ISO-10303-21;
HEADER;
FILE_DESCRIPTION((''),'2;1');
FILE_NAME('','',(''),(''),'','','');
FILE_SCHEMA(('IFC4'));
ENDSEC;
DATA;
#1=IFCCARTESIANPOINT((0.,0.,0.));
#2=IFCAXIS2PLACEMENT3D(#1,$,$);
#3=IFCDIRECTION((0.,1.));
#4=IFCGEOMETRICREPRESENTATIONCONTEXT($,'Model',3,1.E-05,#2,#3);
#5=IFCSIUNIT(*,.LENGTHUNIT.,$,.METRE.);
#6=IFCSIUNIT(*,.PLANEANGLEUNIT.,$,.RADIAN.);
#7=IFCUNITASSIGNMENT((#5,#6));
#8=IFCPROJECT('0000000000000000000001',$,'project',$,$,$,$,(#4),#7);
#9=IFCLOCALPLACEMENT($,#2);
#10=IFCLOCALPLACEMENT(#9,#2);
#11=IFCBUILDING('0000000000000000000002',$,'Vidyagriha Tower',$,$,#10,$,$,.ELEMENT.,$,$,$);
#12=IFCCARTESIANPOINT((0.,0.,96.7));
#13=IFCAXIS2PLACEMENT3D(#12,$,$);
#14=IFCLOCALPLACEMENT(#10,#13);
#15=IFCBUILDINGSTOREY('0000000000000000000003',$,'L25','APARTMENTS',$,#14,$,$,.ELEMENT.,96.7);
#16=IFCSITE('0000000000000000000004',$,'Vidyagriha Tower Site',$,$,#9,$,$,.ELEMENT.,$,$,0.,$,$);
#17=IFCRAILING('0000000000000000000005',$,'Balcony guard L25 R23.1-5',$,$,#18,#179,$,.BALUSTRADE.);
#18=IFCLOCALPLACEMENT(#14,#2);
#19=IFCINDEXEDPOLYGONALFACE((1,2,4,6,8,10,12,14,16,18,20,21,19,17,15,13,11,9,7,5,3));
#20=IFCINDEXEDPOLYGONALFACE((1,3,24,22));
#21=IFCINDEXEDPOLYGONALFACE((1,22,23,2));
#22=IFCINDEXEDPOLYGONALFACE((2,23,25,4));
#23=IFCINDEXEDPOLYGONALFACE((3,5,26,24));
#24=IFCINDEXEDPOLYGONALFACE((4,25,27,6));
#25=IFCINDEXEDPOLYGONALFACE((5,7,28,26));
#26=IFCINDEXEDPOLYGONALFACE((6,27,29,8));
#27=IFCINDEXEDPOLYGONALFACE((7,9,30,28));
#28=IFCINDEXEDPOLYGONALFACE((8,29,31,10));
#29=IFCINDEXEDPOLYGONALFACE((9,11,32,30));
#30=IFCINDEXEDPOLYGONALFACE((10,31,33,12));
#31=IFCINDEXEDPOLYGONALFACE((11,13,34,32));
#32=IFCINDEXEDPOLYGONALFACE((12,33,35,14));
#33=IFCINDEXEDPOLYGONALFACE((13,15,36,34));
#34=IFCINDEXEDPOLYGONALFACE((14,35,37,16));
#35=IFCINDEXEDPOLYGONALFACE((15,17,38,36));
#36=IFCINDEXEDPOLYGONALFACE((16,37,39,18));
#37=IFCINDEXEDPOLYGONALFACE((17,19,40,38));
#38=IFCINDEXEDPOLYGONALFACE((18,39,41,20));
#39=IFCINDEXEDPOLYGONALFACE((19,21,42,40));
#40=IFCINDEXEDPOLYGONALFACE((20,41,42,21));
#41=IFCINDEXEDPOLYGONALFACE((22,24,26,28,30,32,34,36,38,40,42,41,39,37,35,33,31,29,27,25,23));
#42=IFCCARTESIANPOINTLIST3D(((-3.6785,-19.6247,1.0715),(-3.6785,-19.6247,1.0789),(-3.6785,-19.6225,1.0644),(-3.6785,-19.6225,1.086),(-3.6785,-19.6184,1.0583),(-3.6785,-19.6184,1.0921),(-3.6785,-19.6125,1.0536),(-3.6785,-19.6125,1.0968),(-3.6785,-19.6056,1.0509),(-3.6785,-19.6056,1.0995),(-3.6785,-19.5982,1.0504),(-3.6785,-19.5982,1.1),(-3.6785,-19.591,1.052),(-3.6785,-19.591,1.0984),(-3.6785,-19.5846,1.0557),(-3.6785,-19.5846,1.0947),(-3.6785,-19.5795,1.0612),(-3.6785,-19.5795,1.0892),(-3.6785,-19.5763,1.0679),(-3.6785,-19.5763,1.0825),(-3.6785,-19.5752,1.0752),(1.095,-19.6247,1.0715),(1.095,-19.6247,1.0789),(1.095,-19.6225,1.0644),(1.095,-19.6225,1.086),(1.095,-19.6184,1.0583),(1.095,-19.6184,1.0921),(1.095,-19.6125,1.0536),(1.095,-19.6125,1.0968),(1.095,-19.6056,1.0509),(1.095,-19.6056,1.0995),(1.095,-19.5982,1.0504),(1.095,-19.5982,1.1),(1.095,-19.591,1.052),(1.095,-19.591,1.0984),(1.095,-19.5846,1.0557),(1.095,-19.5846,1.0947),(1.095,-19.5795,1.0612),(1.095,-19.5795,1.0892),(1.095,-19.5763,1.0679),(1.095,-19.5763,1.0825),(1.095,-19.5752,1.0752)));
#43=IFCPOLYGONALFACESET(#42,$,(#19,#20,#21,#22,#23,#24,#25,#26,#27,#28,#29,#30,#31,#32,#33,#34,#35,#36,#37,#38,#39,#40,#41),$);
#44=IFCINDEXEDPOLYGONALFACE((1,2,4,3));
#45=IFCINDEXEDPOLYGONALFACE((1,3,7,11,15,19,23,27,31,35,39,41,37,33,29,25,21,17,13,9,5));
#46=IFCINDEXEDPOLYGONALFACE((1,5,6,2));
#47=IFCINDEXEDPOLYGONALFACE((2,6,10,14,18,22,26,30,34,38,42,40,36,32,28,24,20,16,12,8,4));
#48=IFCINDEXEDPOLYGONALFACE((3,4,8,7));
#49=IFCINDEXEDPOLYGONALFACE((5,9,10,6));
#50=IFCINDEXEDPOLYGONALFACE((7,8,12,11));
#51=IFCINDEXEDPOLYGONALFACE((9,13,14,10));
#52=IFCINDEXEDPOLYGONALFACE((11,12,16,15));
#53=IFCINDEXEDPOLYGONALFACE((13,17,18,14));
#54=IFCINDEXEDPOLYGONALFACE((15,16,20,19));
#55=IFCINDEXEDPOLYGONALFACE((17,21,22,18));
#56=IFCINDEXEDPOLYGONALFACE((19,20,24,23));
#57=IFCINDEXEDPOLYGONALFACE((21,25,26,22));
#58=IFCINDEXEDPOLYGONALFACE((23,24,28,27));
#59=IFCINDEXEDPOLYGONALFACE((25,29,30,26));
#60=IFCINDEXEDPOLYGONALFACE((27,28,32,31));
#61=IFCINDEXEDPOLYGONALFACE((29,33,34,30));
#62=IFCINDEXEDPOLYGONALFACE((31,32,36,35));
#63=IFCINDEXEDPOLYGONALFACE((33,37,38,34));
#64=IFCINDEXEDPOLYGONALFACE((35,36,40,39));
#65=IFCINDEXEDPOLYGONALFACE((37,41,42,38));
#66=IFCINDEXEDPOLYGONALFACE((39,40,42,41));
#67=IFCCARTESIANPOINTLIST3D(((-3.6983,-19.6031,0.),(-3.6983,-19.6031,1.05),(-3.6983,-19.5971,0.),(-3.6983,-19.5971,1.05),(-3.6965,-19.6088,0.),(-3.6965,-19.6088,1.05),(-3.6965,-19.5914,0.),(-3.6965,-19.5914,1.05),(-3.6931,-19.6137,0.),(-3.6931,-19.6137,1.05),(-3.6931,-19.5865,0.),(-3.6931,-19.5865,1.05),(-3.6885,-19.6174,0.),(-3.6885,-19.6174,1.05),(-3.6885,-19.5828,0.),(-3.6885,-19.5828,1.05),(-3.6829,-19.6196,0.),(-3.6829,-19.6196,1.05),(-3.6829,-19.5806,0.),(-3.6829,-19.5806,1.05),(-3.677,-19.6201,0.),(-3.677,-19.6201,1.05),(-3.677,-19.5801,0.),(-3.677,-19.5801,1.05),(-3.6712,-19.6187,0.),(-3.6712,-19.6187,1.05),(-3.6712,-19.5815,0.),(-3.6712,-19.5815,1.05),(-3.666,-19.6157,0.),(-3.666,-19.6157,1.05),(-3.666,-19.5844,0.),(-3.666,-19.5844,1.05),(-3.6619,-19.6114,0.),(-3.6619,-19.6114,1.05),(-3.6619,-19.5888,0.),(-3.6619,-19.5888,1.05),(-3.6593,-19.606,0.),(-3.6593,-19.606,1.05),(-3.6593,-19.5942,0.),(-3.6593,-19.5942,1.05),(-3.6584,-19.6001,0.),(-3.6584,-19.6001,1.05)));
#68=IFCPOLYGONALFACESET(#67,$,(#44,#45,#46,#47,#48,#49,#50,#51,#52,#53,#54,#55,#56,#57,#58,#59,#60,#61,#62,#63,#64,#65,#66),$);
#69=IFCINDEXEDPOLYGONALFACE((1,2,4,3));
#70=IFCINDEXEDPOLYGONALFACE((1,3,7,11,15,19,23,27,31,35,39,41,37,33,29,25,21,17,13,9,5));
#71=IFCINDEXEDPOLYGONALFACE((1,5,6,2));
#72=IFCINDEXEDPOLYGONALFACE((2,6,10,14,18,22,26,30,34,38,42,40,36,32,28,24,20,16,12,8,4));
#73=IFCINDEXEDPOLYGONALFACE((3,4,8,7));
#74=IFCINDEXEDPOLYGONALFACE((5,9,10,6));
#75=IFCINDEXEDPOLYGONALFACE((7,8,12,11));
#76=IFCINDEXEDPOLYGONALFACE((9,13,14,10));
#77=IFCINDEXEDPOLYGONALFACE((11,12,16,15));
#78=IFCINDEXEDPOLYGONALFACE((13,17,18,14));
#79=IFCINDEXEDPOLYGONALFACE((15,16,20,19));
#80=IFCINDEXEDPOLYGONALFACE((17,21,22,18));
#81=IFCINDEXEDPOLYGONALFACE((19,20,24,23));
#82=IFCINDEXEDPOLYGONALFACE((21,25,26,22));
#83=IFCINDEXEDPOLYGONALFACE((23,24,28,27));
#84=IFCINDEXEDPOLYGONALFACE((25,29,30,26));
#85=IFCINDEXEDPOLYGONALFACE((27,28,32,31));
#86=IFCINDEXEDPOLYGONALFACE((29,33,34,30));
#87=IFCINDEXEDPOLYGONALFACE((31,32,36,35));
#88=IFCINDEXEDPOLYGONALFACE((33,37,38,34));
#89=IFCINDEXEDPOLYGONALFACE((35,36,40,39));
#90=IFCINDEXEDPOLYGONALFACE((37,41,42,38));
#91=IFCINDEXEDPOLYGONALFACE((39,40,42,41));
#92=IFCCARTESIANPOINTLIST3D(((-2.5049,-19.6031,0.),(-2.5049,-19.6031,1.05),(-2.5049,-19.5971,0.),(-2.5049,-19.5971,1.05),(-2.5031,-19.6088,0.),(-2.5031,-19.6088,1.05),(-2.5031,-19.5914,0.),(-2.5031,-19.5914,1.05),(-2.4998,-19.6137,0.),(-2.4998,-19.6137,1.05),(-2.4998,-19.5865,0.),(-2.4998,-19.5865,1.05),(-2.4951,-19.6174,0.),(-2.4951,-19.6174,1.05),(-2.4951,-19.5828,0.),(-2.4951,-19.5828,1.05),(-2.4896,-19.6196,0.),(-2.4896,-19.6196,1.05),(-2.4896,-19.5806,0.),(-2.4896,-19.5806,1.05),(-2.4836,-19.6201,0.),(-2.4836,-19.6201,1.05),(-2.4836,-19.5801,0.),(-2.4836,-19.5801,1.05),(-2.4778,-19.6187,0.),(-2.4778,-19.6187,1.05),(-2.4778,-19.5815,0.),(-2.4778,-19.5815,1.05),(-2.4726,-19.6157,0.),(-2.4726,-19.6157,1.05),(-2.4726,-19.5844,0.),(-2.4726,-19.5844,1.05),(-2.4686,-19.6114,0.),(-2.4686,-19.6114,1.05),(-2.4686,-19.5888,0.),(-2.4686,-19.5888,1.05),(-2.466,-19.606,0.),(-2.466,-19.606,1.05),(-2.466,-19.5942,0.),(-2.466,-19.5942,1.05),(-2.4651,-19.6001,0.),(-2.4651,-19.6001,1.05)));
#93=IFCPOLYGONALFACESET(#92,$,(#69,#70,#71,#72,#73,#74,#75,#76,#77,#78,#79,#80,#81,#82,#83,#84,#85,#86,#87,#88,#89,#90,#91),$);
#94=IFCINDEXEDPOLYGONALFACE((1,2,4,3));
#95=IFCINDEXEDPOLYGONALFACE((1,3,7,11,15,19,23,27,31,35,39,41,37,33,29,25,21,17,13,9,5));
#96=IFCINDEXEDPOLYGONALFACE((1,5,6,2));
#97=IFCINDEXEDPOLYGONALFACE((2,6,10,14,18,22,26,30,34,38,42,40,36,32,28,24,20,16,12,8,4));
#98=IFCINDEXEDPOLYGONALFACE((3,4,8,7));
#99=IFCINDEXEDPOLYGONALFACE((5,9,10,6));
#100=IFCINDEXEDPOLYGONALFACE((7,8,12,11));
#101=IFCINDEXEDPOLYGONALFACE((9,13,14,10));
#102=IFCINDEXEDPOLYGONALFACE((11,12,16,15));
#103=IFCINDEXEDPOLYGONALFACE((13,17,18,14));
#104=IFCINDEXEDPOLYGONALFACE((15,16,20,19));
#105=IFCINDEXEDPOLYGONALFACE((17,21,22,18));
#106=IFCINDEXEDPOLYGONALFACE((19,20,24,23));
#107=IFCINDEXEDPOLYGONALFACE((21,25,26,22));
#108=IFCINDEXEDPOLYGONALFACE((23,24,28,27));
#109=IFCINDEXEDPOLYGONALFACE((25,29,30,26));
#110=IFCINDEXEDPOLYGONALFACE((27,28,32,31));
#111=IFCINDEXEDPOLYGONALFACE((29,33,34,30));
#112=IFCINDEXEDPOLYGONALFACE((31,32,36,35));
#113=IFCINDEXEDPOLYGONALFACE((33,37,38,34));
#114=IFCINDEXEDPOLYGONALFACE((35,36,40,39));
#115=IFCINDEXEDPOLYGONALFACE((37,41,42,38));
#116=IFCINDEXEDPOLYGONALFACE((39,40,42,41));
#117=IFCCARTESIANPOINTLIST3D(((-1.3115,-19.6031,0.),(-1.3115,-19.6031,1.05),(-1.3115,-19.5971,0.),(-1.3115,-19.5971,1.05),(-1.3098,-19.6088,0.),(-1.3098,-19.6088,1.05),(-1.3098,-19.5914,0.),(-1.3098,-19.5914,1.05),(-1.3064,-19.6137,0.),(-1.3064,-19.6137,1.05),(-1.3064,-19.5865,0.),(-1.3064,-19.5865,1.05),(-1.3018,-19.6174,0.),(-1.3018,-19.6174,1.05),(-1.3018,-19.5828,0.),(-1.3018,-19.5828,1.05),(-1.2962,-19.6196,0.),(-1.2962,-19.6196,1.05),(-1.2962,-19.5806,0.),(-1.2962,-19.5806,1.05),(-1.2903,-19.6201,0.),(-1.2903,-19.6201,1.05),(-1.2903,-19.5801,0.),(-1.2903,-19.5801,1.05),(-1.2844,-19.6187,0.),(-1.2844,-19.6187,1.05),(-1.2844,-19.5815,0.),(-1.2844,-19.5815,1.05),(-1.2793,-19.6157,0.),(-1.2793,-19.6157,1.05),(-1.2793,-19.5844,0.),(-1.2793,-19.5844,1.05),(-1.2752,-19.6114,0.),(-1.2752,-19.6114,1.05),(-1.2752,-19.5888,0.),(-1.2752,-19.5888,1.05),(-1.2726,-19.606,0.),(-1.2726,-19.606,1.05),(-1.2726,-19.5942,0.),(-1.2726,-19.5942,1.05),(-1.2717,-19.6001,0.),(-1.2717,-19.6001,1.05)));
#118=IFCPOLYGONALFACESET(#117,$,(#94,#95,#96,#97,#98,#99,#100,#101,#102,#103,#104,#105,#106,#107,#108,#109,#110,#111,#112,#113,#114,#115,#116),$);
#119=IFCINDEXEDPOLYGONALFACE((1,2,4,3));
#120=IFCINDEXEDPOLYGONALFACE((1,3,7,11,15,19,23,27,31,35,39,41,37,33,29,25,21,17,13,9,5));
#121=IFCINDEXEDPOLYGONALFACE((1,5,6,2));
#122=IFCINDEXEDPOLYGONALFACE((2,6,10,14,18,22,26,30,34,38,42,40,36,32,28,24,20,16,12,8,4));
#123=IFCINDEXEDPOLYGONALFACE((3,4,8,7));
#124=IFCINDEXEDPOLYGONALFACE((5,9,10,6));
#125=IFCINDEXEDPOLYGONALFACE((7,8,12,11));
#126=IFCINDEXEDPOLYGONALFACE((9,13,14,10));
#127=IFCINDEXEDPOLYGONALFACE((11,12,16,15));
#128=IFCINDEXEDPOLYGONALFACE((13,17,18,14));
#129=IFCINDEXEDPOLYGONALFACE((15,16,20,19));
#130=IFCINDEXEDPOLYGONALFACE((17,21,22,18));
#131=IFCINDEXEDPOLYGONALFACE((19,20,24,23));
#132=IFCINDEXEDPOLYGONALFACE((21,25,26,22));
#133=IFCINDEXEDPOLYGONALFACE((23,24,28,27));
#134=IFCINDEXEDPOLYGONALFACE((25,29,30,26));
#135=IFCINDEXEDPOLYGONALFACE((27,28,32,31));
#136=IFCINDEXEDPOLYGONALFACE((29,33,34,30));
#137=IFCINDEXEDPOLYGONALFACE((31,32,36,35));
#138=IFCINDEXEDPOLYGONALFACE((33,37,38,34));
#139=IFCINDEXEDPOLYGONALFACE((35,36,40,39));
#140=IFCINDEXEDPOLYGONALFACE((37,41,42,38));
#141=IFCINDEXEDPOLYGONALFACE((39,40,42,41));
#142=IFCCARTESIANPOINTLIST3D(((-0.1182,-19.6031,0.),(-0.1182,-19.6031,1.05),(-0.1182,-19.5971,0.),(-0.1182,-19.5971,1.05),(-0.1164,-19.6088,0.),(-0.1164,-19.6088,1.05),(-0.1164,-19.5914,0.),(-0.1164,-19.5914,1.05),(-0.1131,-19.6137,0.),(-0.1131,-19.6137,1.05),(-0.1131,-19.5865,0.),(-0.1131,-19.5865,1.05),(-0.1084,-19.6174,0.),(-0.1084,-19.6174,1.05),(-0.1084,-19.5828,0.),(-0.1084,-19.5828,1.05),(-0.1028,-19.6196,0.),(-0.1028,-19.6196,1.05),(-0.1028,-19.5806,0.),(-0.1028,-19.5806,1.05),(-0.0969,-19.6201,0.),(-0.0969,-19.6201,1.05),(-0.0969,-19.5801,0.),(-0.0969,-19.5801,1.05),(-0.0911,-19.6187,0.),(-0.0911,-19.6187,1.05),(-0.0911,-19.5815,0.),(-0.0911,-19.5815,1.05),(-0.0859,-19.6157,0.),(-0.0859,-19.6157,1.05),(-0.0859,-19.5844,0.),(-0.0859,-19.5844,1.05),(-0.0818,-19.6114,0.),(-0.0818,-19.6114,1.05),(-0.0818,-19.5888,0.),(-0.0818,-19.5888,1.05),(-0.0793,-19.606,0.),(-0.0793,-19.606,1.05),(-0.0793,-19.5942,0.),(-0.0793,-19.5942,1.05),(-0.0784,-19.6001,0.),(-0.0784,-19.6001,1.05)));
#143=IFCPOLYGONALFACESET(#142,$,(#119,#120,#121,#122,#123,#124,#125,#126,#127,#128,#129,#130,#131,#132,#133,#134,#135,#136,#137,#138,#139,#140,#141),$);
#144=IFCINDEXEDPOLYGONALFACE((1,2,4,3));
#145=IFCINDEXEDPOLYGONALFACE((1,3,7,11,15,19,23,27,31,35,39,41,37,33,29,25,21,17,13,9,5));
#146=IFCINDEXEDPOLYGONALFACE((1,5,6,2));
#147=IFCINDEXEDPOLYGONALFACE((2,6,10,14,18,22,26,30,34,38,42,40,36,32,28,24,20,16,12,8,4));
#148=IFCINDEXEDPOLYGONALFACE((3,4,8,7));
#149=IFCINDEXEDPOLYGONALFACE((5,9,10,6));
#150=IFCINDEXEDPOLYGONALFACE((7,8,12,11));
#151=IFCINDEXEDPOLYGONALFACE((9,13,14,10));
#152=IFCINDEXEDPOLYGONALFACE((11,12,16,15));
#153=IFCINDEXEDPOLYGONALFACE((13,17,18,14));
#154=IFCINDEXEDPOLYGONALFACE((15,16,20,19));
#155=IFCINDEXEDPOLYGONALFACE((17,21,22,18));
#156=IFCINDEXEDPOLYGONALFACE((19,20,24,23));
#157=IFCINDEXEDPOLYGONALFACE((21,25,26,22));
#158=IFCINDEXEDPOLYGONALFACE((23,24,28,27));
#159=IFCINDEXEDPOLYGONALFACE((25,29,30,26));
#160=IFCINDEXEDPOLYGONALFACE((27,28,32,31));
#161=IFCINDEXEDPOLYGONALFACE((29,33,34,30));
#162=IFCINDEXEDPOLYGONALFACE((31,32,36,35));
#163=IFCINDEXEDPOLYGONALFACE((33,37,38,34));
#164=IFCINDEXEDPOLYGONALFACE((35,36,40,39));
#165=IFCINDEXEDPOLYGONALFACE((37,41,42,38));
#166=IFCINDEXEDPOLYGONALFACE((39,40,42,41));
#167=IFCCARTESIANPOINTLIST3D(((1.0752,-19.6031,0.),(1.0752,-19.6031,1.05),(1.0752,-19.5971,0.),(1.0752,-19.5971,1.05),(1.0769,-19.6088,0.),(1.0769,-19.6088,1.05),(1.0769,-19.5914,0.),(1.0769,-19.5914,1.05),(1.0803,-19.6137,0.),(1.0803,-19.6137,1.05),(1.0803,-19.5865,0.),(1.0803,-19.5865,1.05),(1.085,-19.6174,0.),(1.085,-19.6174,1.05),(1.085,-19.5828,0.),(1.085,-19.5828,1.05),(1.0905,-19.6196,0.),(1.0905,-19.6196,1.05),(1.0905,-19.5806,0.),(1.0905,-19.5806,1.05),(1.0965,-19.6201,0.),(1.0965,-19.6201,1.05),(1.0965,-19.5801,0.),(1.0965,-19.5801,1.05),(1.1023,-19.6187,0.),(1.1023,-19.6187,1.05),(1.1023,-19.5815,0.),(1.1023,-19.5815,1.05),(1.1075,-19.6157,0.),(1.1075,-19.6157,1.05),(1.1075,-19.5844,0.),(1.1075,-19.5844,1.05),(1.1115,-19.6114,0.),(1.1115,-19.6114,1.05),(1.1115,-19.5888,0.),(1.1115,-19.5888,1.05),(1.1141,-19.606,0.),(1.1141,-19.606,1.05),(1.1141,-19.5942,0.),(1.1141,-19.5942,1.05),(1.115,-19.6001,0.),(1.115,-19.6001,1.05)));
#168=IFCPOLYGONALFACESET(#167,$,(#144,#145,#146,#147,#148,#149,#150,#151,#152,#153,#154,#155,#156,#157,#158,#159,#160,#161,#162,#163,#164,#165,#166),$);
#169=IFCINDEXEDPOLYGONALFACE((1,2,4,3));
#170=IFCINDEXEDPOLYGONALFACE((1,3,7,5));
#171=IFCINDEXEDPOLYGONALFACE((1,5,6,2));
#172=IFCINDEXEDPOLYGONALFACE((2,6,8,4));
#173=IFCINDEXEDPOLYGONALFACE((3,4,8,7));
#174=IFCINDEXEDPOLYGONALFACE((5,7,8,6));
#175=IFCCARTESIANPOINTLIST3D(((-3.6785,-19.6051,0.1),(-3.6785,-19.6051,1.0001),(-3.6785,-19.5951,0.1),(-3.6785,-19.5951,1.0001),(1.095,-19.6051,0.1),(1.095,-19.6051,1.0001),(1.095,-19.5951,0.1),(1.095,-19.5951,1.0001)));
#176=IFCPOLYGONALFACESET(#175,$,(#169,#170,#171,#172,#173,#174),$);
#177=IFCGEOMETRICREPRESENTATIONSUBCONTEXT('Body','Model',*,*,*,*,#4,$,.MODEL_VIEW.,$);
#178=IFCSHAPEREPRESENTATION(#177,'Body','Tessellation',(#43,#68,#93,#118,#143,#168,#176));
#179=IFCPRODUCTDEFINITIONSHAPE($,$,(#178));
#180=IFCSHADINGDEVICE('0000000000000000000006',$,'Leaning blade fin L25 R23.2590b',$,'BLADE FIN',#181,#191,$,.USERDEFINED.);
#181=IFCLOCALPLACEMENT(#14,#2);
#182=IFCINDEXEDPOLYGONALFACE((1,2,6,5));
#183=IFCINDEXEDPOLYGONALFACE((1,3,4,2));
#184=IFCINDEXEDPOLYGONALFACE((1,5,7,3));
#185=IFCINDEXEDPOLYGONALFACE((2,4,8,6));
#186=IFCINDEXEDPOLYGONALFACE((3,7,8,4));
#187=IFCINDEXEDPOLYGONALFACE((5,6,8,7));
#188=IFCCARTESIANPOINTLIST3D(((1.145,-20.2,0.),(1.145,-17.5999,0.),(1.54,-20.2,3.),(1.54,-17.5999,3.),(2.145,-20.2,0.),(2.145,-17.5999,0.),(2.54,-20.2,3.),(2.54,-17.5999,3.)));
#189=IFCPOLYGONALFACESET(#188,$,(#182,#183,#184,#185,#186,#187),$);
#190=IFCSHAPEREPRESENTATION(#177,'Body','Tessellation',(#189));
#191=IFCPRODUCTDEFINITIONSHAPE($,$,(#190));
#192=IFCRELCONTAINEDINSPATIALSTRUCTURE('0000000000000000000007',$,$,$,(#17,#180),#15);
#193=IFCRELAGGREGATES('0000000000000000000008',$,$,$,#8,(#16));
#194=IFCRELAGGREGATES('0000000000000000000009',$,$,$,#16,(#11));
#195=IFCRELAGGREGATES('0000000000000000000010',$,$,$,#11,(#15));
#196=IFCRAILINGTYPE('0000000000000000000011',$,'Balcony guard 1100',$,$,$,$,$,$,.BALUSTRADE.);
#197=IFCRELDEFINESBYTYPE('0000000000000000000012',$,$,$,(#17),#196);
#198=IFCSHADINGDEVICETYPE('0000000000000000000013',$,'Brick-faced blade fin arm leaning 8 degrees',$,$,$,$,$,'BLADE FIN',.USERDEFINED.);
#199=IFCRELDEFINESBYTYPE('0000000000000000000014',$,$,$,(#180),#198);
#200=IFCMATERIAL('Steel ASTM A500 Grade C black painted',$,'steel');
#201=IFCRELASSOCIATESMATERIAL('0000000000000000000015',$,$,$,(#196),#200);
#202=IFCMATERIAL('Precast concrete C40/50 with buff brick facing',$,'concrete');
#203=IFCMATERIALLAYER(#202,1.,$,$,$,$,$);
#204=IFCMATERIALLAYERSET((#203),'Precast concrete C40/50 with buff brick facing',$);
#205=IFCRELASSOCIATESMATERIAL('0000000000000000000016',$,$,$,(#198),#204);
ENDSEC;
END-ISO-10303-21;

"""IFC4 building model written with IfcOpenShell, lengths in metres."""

from ifc_helpers import new_model, si_unit, direction, frame, origin, origin_2d, place, context, subcontext, project, spatial, polyline, rectangle, circle, outline, extrude, material, layer, layer_set, type_object, element, save


model = new_model("IFC4")

# Units and contexts
model_context = context("Model", 3, precision=1e-05, world=origin(), true_north=direction((0.0, 1.0)))
body_context = subcontext(model_context, "Body", "Model", "MODEL_VIEW")
ifc_project = project(units=[si_unit("LENGTHUNIT", "METRE"), si_unit("PLANEANGLEUNIT", "RADIAN")], contexts=[model_context])

# Site, building, storey
site_placement = place(None, origin())
site = spatial("IfcSite", under=ifc_project, at=site_placement, Name="Vidyagriha Tower Site", CompositionType="ELEMENT", RefElevation=0.0)
building_placement = place(site_placement, origin())
building = spatial("IfcBuilding", under=site, at=building_placement, Name="Vidyagriha Tower", CompositionType="ELEMENT")
storey_placement = place(building_placement, frame((0.0, 0.0, 96.7)))
storey = spatial("IfcBuildingStorey", under=building, at=storey_placement, Name="L25", Description="APARTMENTS", CompositionType="ELEMENT", Elevation=96.7)

# Railing
ifc_material_1 = material(Name="Steel ASTM A500 Grade C black painted", Category="steel")
railing_type = type_object("IfcRailingType", Name="Balcony guard 1100", PredefinedType="BALUSTRADE", material=ifc_material_1)
railing_placement = place(storey_placement, frame((-3.6785, -19.6001, 0.0)))
element("IfcRailing", 1, at=railing_placement, inside=storey, type_object=railing_type, Name="Balcony guard L25 R23.1-5", PredefinedType="BALUSTRADE", context=body_context, shape_type="SweptSolid", body=[
    extrude(circle(Radius=0.0249, at=origin_2d()), frame((0.0, 0.0, 1.0752), z_axis=(1.0, 0.0, 0.0), x_axis=(0.0, 1.0, 0.0)), (0.0, 0.0, 1.0), 4.7734),
    extrude(circle(Radius=0.02, at=origin_2d()), origin(), (0.0, 0.0, 1.0), 1.05),
    extrude(circle(Radius=0.02, at=origin_2d()), frame((1.1934, 0.0, 0.0)), (0.0, 0.0, 1.0), 1.05),
    extrude(circle(Radius=0.02, at=origin_2d()), frame((2.3867, 0.0, 0.0)), (0.0, 0.0, 1.0), 1.05),
    extrude(circle(Radius=0.02, at=origin_2d()), frame((3.5801, 0.0, 0.0)), (0.0, 0.0, 1.0), 1.05),
    extrude(circle(Radius=0.02, at=origin_2d()), frame((4.7734, 0.0, 0.0)), (0.0, 0.0, 1.0), 1.05),
    extrude(rectangle(XDim=0.01, YDim=0.9001, at=origin_2d()), frame((0.0, 0.0, 0.55), z_axis=(1.0, 0.0, 0.0), x_axis=(0.0, 1.0, 0.0)), (0.0, 0.0, 1.0), 4.7734),
])

# Shading device
ifc_material_2 = material(Name="Precast concrete C40/50 with buff brick facing", Category="concrete")
ifc_layer_1 = layer(ifc_material_2, 1.0)
ifc_layer_set_1 = layer_set([ifc_layer_1], Name="Precast concrete C40/50 with buff brick facing")
shading_device_type = type_object("IfcShadingDeviceType", Name="Brick-faced blade fin arm leaning 8 degrees", ElementType="BLADE FIN", PredefinedType="USERDEFINED", material=ifc_layer_set_1)
shading_device_placement = place(storey_placement, frame((1.145, -18.8999, 0.0)))
element("IfcShadingDevice", 2, at=shading_device_placement, inside=storey, type_object=shading_device_type, Name="Leaning blade fin L25 R23.2590b", ObjectType="BLADE FIN", PredefinedType="USERDEFINED", context=body_context, shape_type="SweptSolid", body=[
    extrude(outline(polyline([(0.0, 0.0), (1.0, 0.0), (1.395, 3.0), (0.395, 3.0), (0.0, 0.0)])), frame((0.0, 1.3, 0.0), z_axis=(0.0, -1.0, 0.0), x_axis=(1.0, 0.0, 0.0)), (0.0, 0.0, 1.0), 2.6001),
])

save(model, "model.ifc")
